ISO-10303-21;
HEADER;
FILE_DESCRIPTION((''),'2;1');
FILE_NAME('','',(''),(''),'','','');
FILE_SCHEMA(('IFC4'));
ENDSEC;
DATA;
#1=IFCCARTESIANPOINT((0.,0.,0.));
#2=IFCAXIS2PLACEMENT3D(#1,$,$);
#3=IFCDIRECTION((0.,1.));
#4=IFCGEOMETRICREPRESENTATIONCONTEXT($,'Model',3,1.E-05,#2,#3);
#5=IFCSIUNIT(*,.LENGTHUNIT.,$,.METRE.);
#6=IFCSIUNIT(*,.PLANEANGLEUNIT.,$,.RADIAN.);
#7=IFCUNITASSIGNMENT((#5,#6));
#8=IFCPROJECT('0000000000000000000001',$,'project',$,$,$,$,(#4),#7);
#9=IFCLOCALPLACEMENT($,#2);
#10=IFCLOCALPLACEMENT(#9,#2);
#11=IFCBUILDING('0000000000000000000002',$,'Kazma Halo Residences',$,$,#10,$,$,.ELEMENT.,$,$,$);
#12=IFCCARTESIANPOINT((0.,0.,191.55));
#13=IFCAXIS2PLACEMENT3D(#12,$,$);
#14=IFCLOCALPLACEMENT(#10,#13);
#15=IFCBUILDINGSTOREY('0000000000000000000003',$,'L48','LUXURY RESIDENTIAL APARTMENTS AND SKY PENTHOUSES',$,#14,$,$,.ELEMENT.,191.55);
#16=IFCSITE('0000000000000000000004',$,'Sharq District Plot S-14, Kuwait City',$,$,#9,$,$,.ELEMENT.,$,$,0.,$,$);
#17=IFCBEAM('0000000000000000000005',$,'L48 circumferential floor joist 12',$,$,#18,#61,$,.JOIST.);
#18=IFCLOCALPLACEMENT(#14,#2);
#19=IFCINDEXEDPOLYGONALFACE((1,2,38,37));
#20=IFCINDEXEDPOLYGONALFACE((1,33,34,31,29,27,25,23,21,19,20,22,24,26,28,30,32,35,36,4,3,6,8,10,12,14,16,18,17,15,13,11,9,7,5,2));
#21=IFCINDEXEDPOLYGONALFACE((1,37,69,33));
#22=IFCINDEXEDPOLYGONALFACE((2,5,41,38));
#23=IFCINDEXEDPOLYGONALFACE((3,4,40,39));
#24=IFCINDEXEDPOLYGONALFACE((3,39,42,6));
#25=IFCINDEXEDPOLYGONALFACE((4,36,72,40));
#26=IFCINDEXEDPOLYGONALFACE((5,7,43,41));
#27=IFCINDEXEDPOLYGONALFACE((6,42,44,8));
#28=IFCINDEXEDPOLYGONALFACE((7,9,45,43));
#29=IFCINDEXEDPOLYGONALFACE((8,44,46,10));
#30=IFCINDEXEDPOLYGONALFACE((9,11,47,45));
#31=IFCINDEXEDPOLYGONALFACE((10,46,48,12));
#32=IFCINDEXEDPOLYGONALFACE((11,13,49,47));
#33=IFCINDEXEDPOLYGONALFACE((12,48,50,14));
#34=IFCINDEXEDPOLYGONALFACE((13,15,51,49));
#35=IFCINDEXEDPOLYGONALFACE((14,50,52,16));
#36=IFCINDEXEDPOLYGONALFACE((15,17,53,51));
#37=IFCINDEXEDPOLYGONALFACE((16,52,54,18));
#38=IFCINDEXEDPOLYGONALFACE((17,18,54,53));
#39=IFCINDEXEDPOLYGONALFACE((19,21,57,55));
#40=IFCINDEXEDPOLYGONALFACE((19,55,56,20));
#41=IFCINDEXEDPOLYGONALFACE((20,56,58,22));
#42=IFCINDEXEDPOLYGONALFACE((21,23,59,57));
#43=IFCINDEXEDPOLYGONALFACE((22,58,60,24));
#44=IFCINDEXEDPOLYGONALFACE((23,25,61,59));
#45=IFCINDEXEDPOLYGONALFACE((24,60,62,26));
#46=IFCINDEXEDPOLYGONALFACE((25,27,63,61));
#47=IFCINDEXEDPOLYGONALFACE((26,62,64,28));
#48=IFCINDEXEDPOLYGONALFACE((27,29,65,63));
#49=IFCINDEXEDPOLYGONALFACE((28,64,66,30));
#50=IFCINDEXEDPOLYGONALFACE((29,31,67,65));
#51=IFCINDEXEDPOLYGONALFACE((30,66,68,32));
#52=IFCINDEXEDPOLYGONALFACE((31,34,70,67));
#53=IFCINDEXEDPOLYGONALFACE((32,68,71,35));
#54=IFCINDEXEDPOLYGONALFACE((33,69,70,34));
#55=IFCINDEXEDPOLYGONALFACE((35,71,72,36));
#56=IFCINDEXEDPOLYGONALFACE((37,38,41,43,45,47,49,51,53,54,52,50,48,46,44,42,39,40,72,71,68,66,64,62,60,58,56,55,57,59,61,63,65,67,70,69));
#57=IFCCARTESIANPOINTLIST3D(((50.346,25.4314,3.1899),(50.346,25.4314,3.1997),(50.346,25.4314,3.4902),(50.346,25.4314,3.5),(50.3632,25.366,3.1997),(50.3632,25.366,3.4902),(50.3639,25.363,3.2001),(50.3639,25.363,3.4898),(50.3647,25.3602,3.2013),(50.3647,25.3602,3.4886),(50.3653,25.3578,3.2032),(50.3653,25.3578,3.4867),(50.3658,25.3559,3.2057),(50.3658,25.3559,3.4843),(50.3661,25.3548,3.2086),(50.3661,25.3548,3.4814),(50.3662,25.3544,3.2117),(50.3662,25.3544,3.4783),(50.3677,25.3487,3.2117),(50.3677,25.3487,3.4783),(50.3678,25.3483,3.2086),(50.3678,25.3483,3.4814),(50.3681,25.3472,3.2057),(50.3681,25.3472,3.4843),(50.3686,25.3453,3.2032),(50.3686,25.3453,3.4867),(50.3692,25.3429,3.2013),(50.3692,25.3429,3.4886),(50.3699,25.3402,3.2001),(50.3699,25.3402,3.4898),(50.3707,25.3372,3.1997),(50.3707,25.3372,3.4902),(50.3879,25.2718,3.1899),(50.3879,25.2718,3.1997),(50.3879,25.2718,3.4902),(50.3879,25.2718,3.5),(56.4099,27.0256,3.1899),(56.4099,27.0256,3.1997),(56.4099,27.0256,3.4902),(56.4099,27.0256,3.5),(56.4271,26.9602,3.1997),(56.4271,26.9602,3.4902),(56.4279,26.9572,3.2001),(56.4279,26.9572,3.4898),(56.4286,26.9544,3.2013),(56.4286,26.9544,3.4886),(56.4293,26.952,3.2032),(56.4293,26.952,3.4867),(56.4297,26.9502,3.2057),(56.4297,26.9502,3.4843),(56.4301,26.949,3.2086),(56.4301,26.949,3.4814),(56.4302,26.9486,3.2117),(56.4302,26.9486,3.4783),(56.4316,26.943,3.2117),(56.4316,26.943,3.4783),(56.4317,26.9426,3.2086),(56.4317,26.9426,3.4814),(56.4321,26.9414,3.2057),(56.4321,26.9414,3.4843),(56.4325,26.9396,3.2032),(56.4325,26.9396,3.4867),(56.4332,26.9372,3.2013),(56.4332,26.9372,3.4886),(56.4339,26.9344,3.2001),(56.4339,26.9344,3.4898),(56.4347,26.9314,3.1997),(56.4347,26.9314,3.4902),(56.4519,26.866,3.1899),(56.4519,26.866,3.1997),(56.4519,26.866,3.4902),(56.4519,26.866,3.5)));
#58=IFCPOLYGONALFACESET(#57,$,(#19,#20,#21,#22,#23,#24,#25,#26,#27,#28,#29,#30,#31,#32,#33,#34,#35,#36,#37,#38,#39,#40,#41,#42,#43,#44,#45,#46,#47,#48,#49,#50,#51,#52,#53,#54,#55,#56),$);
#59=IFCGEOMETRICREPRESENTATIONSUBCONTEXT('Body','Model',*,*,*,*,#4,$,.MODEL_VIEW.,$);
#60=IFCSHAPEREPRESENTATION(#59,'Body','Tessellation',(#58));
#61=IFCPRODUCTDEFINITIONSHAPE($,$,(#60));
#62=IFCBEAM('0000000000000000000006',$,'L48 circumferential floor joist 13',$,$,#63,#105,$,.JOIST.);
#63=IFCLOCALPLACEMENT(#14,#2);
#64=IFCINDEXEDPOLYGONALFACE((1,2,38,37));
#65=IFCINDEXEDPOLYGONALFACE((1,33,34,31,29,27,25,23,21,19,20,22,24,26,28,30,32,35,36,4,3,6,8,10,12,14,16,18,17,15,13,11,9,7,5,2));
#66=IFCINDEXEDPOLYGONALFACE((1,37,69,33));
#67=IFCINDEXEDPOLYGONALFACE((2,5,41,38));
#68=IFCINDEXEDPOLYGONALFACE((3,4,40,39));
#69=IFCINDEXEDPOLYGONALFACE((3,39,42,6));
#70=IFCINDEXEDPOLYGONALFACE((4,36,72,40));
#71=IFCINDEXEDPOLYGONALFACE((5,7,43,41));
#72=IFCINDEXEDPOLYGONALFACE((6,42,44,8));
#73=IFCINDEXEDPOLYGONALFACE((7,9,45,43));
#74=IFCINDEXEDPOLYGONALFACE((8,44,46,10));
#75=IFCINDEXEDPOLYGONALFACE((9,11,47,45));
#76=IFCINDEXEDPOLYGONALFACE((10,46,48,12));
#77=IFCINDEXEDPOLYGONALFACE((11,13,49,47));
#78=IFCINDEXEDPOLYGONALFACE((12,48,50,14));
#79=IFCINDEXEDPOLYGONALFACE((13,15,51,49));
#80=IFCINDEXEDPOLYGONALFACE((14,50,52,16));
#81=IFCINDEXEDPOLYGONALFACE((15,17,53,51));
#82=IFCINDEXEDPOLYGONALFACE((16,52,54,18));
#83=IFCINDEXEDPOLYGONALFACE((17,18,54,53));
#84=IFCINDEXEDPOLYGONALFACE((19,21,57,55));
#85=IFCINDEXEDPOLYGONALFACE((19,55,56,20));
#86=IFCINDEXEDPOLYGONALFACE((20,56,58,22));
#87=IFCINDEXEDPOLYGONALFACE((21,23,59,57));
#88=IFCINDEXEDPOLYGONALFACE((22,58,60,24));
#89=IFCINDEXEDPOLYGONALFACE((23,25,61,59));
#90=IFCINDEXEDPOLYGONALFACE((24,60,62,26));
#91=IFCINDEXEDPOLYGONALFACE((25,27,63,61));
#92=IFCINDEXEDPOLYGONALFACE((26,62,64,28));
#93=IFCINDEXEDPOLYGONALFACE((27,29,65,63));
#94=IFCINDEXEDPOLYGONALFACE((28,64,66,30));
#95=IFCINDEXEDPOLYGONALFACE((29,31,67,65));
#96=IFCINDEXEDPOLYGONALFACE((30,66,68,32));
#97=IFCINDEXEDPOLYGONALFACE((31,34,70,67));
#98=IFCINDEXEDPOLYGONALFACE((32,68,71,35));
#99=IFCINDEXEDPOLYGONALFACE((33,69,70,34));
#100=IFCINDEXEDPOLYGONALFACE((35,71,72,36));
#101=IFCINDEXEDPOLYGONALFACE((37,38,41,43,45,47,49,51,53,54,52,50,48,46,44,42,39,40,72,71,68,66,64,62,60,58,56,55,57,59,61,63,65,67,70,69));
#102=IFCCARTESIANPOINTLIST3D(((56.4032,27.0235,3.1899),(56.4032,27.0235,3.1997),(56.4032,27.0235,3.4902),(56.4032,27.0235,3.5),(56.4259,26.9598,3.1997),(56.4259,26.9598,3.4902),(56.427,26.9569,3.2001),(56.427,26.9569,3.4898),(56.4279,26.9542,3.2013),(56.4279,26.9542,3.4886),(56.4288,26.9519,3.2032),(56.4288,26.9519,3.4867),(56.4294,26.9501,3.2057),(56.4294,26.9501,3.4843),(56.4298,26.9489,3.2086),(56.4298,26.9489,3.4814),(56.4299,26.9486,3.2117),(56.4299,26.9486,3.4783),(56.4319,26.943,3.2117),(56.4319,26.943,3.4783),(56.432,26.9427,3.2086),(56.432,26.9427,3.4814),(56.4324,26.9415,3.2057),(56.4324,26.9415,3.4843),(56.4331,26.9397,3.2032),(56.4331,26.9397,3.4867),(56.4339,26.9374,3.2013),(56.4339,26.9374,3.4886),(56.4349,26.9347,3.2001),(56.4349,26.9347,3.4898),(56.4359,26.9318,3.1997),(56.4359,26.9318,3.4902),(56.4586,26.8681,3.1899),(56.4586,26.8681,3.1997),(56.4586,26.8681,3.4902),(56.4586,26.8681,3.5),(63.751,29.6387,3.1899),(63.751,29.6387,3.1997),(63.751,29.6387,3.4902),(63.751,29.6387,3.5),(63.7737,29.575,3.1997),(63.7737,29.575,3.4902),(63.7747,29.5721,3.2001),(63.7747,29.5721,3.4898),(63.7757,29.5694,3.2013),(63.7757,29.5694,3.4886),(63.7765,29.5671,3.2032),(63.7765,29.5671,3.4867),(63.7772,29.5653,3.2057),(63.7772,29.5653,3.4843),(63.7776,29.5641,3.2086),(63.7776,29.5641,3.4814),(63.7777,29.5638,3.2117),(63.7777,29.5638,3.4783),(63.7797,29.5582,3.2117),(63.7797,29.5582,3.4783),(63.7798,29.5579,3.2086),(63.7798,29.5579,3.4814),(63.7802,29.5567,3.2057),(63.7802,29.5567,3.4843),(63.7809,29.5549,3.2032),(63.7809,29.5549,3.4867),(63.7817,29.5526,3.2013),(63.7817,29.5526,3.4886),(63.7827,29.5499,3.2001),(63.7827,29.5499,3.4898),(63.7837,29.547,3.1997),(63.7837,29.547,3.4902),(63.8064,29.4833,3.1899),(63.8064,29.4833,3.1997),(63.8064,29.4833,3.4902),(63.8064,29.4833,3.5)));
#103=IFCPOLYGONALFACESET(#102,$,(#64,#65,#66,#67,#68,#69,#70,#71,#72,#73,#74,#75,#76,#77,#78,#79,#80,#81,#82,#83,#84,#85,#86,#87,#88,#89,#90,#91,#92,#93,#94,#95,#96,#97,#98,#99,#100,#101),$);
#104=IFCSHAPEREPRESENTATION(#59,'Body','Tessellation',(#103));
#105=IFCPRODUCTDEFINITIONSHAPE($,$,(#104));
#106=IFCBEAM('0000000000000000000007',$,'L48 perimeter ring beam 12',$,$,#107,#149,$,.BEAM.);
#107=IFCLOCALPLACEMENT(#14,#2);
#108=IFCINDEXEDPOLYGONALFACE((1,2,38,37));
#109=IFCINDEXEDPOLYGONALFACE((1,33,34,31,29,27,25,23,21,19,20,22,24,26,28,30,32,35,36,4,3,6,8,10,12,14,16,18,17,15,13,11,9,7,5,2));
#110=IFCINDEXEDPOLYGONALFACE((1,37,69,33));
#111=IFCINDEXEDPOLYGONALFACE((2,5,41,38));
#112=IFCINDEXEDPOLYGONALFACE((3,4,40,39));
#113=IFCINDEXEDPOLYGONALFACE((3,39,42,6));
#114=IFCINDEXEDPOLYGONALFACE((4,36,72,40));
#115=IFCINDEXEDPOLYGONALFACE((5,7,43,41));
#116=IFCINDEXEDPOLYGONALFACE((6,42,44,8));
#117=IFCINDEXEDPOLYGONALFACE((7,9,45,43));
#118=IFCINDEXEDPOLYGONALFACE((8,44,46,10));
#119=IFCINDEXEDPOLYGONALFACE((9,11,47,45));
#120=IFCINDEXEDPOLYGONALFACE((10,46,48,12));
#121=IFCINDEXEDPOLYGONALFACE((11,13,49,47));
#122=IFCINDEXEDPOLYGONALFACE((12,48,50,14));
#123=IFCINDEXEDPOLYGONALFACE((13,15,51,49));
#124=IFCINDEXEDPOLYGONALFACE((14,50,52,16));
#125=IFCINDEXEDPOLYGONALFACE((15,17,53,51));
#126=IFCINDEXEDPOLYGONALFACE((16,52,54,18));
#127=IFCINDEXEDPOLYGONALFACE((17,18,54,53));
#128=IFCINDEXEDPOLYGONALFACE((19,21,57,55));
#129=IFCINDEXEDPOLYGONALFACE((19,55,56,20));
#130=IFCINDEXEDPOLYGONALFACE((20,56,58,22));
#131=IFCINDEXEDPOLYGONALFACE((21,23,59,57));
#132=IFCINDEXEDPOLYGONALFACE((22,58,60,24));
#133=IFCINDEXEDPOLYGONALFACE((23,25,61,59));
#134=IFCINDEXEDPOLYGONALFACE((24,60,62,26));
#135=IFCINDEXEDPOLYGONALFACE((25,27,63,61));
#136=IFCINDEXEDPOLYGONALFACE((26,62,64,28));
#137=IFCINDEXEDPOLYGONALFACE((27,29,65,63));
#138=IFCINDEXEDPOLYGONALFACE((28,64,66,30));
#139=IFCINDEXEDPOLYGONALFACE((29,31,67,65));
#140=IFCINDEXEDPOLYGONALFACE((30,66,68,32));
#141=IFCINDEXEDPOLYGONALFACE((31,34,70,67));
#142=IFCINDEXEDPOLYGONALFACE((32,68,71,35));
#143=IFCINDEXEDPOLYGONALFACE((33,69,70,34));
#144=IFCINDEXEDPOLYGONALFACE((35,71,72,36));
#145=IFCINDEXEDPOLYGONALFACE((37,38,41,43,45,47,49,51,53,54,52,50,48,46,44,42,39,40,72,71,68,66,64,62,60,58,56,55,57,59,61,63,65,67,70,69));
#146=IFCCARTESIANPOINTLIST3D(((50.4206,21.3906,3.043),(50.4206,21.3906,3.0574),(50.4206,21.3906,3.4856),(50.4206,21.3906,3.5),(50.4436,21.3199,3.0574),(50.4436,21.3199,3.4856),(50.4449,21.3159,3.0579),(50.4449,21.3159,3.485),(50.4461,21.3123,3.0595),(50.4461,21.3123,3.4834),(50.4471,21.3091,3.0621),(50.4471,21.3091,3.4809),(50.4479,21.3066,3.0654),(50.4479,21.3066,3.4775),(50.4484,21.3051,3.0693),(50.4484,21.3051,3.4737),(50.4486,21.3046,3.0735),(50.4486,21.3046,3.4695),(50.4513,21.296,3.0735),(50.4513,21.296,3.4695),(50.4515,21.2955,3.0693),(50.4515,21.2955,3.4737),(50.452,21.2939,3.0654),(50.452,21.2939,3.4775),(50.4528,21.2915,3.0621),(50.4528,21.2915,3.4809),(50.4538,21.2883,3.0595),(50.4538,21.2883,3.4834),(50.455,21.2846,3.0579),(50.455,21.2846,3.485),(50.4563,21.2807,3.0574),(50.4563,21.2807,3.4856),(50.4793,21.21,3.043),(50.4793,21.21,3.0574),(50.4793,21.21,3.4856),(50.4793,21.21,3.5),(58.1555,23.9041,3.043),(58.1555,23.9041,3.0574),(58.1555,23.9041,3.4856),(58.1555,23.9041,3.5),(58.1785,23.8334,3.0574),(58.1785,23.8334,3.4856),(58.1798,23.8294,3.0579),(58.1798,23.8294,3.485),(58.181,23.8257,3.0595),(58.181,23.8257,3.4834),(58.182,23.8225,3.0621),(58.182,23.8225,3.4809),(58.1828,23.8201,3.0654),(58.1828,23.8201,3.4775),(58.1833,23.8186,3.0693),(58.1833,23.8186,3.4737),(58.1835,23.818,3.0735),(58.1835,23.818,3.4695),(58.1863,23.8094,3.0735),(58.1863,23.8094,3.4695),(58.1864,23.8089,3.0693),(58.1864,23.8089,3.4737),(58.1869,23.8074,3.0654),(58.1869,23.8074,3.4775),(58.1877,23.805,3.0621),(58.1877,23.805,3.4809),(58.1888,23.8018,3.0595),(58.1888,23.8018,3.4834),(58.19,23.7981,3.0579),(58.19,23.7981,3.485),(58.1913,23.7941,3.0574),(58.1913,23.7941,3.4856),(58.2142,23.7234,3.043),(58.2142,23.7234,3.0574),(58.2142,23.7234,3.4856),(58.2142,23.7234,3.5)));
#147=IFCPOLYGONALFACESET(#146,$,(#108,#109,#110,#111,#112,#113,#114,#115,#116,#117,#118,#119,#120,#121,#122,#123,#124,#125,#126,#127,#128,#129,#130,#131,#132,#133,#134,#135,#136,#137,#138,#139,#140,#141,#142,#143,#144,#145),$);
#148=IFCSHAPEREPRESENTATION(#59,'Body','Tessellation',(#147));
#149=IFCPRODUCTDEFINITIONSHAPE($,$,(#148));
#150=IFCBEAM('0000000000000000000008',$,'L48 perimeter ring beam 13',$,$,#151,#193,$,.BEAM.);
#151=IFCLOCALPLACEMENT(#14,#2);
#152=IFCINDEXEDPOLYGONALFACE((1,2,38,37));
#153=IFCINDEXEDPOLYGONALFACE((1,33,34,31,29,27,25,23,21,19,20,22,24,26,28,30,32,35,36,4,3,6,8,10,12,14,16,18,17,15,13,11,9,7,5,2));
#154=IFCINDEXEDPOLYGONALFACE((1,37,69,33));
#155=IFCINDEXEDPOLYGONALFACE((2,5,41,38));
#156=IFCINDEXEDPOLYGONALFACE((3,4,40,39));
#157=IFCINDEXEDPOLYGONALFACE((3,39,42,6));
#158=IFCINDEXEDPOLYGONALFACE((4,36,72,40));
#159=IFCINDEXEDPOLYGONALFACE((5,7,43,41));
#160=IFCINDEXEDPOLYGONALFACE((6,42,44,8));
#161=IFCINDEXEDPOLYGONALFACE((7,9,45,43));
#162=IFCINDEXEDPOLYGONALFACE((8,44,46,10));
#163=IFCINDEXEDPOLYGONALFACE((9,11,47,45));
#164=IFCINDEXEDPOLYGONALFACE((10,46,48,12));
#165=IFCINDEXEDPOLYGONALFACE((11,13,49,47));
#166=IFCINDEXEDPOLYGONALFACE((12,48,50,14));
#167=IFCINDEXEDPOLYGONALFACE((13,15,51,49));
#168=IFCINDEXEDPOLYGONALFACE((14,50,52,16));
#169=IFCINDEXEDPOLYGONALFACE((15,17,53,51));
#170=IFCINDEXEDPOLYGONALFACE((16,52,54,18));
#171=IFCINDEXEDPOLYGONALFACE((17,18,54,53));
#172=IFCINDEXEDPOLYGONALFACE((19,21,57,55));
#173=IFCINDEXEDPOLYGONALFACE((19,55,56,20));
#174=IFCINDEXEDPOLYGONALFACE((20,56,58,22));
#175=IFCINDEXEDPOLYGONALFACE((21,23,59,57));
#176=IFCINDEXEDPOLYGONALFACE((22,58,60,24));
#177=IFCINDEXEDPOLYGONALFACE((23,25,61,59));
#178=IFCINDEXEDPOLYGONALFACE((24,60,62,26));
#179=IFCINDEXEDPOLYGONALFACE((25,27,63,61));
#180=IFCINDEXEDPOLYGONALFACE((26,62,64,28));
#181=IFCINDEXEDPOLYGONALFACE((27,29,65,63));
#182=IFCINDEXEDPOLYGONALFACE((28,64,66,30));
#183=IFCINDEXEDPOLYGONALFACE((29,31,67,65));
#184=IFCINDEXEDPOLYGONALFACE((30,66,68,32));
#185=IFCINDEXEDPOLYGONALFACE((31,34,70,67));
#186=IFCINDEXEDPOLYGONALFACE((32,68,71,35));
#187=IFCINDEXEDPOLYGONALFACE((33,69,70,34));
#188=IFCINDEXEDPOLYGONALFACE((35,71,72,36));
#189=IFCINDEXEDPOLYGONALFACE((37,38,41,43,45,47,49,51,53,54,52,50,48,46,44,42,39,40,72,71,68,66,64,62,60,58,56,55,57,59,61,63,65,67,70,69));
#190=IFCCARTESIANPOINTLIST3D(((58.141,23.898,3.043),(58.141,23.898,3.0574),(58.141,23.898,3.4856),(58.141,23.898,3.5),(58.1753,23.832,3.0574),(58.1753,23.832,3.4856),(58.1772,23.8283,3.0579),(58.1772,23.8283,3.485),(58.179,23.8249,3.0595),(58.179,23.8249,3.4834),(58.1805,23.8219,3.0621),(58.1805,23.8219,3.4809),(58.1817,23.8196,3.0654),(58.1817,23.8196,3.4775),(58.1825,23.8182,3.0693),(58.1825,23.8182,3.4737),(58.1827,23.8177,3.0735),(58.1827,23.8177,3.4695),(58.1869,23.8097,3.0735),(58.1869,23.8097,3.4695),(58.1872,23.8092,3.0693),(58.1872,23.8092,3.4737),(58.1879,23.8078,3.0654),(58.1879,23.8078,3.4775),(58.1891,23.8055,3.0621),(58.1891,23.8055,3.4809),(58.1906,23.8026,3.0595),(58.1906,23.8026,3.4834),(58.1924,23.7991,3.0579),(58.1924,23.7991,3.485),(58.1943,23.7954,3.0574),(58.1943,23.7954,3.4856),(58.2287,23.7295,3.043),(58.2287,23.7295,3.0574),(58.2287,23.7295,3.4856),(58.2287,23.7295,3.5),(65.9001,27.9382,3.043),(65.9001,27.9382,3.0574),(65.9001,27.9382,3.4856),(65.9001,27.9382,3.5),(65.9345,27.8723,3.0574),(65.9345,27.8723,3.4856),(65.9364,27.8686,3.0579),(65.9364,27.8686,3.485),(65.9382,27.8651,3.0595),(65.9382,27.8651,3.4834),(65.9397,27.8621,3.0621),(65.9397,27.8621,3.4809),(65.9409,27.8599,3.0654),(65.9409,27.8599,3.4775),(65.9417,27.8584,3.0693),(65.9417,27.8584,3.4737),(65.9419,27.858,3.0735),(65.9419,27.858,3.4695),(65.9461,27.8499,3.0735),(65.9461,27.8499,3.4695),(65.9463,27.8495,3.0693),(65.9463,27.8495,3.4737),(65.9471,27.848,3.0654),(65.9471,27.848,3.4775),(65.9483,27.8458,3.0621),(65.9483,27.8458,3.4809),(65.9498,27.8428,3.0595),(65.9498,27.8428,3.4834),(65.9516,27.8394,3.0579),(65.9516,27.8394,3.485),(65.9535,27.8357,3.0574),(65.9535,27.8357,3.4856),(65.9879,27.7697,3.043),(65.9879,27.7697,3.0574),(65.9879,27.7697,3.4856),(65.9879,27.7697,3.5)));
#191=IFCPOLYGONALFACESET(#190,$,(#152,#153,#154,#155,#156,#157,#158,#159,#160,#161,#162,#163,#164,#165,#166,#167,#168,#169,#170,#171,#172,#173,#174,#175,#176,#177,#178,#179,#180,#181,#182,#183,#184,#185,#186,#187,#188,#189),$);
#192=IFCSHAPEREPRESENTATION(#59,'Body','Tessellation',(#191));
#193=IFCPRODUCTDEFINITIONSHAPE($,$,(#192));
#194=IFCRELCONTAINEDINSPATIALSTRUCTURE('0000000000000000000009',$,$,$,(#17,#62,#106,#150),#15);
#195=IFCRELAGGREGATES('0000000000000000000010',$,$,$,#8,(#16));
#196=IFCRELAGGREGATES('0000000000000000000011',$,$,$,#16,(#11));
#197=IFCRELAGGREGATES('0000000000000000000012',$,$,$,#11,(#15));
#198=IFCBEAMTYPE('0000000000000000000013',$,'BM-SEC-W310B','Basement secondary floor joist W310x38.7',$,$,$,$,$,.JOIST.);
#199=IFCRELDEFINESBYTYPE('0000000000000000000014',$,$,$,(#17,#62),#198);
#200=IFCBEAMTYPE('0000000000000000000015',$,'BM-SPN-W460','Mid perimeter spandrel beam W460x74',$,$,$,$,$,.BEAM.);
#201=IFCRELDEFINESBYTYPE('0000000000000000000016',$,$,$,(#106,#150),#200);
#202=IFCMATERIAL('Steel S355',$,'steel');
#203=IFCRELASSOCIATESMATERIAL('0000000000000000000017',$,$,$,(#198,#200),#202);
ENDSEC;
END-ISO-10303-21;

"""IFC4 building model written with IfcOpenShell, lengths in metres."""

from ifc_helpers import new_model, si_unit, direction, frame, origin, origin_2d, place, context, subcontext, project, spatial, i_section, extrude, material, material_profile, profile_set, type_object, element, save


model = new_model("IFC4")

# Units and contexts
model_context = context("Model", 3, precision=1e-05, world=origin(), true_north=direction((0.0, 1.0)))
body_context = subcontext(model_context, "Body", "Model", "MODEL_VIEW")
ifc_project = project(units=[si_unit("LENGTHUNIT", "METRE"), si_unit("PLANEANGLEUNIT", "RADIAN")], contexts=[model_context])

# Site, building, storey
site_placement = place(None, origin())
site = spatial("IfcSite", under=ifc_project, at=site_placement, Name="Sharq District Plot S-14, Kuwait City", CompositionType="ELEMENT", RefElevation=0.0)
building_placement = place(site_placement, origin())
building = spatial("IfcBuilding", under=site, at=building_placement, Name="Kazma Halo Residences", CompositionType="ELEMENT")
storey_placement = place(building_placement, frame((0.0, 0.0, 191.55)))
storey = spatial("IfcBuildingStorey", under=building, at=storey_placement, Name="L48", Description="LUXURY RESIDENTIAL APARTMENTS AND SKY PENTHOUSES", CompositionType="ELEMENT", Elevation=191.55)

# Beams
ifc_material_1 = material(Name="Steel S355", Category="steel")
ifc_material_profile_1 = material_profile(ifc_material_1, i_section(OverallWidth=0.165, OverallDepth=0.3101, WebThickness=0.0059, FlangeThickness=0.0098, FilletRadius=0.012, at=origin_2d()), Name="W310x38.7")
ifc_profile_set_1 = profile_set([ifc_material_profile_1], Name="Steel S355")
beam_type_1 = type_object("IfcBeamType", Name="BM-SEC-W310B", Description="Basement secondary floor joist W310x38.7", PredefinedType="JOIST", material=ifc_profile_set_1)
beam_1_placement = place(storey_placement, frame((50.3669, 25.3516, 3.345), z_axis=(0.967135, 0.254263, 0.0), x_axis=(-0.254263, 0.967135, 0.0)))
element("IfcBeam", 1, at=beam_1_placement, inside=storey, type_object=beam_type_1, Name="L48 circumferential floor joist 12", PredefinedType="JOIST", context=body_context, shape_type="SweptSolid", body=[
    extrude(i_section(OverallWidth=0.165, OverallDepth=0.3101, WebThickness=0.0059, FlangeThickness=0.0098, FilletRadius=0.012, at=origin_2d()), origin(), (0.0, 0.0, 1.0), 6.27),
])
beam_2_placement = place(storey_placement, frame((56.4309, 26.9458, 3.345), z_axis=(0.942107, 0.335311, 0.0), x_axis=(-0.335311, 0.942107, 0.0)))
element("IfcBeam", 2, at=beam_2_placement, inside=storey, type_object=beam_type_1, Name="L48 circumferential floor joist 13", PredefinedType="JOIST", context=body_context, shape_type="SweptSolid", body=[
    extrude(i_section(OverallWidth=0.165, OverallDepth=0.3101, WebThickness=0.0059, FlangeThickness=0.0098, FilletRadius=0.012, at=origin_2d()), origin(), (0.0, 0.0, 1.0), 7.7993),
])
ifc_material_profile_2 = material_profile(ifc_material_1, i_section(OverallWidth=0.1899, OverallDepth=0.457, WebThickness=0.009, FlangeThickness=0.0144, FilletRadius=0.0161, at=origin_2d()), Name="W460x74")
ifc_profile_set_2 = profile_set([ifc_material_profile_2], Name="Steel S355")
beam_type_2 = type_object("IfcBeamType", Name="BM-SPN-W460", Description="Mid perimeter spandrel beam W460x74", PredefinedType="BEAM", material=ifc_profile_set_2)
beam_3_placement = place(storey_placement, frame((50.45, 21.3003, 3.2715), z_axis=(0.951049, 0.309041, 0.0), x_axis=(-0.309041, 0.951049, 0.0)))
element("IfcBeam", 3, at=beam_3_placement, inside=storey, type_object=beam_type_2, Name="L48 perimeter ring beam 12", PredefinedType="BEAM", context=body_context, shape_type="SweptSolid", body=[
    extrude(i_section(OverallWidth=0.1899, OverallDepth=0.457, WebThickness=0.009, FlangeThickness=0.0144, FilletRadius=0.0161, at=origin_2d()), origin(), (0.0, 0.0, 1.0), 8.1331),
])
beam_4_placement = place(storey_placement, frame((58.1848, 23.8137, 3.2715), z_axis=(0.886961, 0.461844, 0.0), x_axis=(-0.461844, 0.886961, 0.0)))
element("IfcBeam", 4, at=beam_4_placement, inside=storey, type_object=beam_type_2, Name="L48 perimeter ring beam 13", PredefinedType="BEAM", context=body_context, shape_type="SweptSolid", body=[
    extrude(i_section(OverallWidth=0.1899, OverallDepth=0.457, WebThickness=0.009, FlangeThickness=0.0144, FilletRadius=0.0161, at=origin_2d()), origin(), (0.0, 0.0, 1.0), 8.748),
])

save(model, "model.ifc")
